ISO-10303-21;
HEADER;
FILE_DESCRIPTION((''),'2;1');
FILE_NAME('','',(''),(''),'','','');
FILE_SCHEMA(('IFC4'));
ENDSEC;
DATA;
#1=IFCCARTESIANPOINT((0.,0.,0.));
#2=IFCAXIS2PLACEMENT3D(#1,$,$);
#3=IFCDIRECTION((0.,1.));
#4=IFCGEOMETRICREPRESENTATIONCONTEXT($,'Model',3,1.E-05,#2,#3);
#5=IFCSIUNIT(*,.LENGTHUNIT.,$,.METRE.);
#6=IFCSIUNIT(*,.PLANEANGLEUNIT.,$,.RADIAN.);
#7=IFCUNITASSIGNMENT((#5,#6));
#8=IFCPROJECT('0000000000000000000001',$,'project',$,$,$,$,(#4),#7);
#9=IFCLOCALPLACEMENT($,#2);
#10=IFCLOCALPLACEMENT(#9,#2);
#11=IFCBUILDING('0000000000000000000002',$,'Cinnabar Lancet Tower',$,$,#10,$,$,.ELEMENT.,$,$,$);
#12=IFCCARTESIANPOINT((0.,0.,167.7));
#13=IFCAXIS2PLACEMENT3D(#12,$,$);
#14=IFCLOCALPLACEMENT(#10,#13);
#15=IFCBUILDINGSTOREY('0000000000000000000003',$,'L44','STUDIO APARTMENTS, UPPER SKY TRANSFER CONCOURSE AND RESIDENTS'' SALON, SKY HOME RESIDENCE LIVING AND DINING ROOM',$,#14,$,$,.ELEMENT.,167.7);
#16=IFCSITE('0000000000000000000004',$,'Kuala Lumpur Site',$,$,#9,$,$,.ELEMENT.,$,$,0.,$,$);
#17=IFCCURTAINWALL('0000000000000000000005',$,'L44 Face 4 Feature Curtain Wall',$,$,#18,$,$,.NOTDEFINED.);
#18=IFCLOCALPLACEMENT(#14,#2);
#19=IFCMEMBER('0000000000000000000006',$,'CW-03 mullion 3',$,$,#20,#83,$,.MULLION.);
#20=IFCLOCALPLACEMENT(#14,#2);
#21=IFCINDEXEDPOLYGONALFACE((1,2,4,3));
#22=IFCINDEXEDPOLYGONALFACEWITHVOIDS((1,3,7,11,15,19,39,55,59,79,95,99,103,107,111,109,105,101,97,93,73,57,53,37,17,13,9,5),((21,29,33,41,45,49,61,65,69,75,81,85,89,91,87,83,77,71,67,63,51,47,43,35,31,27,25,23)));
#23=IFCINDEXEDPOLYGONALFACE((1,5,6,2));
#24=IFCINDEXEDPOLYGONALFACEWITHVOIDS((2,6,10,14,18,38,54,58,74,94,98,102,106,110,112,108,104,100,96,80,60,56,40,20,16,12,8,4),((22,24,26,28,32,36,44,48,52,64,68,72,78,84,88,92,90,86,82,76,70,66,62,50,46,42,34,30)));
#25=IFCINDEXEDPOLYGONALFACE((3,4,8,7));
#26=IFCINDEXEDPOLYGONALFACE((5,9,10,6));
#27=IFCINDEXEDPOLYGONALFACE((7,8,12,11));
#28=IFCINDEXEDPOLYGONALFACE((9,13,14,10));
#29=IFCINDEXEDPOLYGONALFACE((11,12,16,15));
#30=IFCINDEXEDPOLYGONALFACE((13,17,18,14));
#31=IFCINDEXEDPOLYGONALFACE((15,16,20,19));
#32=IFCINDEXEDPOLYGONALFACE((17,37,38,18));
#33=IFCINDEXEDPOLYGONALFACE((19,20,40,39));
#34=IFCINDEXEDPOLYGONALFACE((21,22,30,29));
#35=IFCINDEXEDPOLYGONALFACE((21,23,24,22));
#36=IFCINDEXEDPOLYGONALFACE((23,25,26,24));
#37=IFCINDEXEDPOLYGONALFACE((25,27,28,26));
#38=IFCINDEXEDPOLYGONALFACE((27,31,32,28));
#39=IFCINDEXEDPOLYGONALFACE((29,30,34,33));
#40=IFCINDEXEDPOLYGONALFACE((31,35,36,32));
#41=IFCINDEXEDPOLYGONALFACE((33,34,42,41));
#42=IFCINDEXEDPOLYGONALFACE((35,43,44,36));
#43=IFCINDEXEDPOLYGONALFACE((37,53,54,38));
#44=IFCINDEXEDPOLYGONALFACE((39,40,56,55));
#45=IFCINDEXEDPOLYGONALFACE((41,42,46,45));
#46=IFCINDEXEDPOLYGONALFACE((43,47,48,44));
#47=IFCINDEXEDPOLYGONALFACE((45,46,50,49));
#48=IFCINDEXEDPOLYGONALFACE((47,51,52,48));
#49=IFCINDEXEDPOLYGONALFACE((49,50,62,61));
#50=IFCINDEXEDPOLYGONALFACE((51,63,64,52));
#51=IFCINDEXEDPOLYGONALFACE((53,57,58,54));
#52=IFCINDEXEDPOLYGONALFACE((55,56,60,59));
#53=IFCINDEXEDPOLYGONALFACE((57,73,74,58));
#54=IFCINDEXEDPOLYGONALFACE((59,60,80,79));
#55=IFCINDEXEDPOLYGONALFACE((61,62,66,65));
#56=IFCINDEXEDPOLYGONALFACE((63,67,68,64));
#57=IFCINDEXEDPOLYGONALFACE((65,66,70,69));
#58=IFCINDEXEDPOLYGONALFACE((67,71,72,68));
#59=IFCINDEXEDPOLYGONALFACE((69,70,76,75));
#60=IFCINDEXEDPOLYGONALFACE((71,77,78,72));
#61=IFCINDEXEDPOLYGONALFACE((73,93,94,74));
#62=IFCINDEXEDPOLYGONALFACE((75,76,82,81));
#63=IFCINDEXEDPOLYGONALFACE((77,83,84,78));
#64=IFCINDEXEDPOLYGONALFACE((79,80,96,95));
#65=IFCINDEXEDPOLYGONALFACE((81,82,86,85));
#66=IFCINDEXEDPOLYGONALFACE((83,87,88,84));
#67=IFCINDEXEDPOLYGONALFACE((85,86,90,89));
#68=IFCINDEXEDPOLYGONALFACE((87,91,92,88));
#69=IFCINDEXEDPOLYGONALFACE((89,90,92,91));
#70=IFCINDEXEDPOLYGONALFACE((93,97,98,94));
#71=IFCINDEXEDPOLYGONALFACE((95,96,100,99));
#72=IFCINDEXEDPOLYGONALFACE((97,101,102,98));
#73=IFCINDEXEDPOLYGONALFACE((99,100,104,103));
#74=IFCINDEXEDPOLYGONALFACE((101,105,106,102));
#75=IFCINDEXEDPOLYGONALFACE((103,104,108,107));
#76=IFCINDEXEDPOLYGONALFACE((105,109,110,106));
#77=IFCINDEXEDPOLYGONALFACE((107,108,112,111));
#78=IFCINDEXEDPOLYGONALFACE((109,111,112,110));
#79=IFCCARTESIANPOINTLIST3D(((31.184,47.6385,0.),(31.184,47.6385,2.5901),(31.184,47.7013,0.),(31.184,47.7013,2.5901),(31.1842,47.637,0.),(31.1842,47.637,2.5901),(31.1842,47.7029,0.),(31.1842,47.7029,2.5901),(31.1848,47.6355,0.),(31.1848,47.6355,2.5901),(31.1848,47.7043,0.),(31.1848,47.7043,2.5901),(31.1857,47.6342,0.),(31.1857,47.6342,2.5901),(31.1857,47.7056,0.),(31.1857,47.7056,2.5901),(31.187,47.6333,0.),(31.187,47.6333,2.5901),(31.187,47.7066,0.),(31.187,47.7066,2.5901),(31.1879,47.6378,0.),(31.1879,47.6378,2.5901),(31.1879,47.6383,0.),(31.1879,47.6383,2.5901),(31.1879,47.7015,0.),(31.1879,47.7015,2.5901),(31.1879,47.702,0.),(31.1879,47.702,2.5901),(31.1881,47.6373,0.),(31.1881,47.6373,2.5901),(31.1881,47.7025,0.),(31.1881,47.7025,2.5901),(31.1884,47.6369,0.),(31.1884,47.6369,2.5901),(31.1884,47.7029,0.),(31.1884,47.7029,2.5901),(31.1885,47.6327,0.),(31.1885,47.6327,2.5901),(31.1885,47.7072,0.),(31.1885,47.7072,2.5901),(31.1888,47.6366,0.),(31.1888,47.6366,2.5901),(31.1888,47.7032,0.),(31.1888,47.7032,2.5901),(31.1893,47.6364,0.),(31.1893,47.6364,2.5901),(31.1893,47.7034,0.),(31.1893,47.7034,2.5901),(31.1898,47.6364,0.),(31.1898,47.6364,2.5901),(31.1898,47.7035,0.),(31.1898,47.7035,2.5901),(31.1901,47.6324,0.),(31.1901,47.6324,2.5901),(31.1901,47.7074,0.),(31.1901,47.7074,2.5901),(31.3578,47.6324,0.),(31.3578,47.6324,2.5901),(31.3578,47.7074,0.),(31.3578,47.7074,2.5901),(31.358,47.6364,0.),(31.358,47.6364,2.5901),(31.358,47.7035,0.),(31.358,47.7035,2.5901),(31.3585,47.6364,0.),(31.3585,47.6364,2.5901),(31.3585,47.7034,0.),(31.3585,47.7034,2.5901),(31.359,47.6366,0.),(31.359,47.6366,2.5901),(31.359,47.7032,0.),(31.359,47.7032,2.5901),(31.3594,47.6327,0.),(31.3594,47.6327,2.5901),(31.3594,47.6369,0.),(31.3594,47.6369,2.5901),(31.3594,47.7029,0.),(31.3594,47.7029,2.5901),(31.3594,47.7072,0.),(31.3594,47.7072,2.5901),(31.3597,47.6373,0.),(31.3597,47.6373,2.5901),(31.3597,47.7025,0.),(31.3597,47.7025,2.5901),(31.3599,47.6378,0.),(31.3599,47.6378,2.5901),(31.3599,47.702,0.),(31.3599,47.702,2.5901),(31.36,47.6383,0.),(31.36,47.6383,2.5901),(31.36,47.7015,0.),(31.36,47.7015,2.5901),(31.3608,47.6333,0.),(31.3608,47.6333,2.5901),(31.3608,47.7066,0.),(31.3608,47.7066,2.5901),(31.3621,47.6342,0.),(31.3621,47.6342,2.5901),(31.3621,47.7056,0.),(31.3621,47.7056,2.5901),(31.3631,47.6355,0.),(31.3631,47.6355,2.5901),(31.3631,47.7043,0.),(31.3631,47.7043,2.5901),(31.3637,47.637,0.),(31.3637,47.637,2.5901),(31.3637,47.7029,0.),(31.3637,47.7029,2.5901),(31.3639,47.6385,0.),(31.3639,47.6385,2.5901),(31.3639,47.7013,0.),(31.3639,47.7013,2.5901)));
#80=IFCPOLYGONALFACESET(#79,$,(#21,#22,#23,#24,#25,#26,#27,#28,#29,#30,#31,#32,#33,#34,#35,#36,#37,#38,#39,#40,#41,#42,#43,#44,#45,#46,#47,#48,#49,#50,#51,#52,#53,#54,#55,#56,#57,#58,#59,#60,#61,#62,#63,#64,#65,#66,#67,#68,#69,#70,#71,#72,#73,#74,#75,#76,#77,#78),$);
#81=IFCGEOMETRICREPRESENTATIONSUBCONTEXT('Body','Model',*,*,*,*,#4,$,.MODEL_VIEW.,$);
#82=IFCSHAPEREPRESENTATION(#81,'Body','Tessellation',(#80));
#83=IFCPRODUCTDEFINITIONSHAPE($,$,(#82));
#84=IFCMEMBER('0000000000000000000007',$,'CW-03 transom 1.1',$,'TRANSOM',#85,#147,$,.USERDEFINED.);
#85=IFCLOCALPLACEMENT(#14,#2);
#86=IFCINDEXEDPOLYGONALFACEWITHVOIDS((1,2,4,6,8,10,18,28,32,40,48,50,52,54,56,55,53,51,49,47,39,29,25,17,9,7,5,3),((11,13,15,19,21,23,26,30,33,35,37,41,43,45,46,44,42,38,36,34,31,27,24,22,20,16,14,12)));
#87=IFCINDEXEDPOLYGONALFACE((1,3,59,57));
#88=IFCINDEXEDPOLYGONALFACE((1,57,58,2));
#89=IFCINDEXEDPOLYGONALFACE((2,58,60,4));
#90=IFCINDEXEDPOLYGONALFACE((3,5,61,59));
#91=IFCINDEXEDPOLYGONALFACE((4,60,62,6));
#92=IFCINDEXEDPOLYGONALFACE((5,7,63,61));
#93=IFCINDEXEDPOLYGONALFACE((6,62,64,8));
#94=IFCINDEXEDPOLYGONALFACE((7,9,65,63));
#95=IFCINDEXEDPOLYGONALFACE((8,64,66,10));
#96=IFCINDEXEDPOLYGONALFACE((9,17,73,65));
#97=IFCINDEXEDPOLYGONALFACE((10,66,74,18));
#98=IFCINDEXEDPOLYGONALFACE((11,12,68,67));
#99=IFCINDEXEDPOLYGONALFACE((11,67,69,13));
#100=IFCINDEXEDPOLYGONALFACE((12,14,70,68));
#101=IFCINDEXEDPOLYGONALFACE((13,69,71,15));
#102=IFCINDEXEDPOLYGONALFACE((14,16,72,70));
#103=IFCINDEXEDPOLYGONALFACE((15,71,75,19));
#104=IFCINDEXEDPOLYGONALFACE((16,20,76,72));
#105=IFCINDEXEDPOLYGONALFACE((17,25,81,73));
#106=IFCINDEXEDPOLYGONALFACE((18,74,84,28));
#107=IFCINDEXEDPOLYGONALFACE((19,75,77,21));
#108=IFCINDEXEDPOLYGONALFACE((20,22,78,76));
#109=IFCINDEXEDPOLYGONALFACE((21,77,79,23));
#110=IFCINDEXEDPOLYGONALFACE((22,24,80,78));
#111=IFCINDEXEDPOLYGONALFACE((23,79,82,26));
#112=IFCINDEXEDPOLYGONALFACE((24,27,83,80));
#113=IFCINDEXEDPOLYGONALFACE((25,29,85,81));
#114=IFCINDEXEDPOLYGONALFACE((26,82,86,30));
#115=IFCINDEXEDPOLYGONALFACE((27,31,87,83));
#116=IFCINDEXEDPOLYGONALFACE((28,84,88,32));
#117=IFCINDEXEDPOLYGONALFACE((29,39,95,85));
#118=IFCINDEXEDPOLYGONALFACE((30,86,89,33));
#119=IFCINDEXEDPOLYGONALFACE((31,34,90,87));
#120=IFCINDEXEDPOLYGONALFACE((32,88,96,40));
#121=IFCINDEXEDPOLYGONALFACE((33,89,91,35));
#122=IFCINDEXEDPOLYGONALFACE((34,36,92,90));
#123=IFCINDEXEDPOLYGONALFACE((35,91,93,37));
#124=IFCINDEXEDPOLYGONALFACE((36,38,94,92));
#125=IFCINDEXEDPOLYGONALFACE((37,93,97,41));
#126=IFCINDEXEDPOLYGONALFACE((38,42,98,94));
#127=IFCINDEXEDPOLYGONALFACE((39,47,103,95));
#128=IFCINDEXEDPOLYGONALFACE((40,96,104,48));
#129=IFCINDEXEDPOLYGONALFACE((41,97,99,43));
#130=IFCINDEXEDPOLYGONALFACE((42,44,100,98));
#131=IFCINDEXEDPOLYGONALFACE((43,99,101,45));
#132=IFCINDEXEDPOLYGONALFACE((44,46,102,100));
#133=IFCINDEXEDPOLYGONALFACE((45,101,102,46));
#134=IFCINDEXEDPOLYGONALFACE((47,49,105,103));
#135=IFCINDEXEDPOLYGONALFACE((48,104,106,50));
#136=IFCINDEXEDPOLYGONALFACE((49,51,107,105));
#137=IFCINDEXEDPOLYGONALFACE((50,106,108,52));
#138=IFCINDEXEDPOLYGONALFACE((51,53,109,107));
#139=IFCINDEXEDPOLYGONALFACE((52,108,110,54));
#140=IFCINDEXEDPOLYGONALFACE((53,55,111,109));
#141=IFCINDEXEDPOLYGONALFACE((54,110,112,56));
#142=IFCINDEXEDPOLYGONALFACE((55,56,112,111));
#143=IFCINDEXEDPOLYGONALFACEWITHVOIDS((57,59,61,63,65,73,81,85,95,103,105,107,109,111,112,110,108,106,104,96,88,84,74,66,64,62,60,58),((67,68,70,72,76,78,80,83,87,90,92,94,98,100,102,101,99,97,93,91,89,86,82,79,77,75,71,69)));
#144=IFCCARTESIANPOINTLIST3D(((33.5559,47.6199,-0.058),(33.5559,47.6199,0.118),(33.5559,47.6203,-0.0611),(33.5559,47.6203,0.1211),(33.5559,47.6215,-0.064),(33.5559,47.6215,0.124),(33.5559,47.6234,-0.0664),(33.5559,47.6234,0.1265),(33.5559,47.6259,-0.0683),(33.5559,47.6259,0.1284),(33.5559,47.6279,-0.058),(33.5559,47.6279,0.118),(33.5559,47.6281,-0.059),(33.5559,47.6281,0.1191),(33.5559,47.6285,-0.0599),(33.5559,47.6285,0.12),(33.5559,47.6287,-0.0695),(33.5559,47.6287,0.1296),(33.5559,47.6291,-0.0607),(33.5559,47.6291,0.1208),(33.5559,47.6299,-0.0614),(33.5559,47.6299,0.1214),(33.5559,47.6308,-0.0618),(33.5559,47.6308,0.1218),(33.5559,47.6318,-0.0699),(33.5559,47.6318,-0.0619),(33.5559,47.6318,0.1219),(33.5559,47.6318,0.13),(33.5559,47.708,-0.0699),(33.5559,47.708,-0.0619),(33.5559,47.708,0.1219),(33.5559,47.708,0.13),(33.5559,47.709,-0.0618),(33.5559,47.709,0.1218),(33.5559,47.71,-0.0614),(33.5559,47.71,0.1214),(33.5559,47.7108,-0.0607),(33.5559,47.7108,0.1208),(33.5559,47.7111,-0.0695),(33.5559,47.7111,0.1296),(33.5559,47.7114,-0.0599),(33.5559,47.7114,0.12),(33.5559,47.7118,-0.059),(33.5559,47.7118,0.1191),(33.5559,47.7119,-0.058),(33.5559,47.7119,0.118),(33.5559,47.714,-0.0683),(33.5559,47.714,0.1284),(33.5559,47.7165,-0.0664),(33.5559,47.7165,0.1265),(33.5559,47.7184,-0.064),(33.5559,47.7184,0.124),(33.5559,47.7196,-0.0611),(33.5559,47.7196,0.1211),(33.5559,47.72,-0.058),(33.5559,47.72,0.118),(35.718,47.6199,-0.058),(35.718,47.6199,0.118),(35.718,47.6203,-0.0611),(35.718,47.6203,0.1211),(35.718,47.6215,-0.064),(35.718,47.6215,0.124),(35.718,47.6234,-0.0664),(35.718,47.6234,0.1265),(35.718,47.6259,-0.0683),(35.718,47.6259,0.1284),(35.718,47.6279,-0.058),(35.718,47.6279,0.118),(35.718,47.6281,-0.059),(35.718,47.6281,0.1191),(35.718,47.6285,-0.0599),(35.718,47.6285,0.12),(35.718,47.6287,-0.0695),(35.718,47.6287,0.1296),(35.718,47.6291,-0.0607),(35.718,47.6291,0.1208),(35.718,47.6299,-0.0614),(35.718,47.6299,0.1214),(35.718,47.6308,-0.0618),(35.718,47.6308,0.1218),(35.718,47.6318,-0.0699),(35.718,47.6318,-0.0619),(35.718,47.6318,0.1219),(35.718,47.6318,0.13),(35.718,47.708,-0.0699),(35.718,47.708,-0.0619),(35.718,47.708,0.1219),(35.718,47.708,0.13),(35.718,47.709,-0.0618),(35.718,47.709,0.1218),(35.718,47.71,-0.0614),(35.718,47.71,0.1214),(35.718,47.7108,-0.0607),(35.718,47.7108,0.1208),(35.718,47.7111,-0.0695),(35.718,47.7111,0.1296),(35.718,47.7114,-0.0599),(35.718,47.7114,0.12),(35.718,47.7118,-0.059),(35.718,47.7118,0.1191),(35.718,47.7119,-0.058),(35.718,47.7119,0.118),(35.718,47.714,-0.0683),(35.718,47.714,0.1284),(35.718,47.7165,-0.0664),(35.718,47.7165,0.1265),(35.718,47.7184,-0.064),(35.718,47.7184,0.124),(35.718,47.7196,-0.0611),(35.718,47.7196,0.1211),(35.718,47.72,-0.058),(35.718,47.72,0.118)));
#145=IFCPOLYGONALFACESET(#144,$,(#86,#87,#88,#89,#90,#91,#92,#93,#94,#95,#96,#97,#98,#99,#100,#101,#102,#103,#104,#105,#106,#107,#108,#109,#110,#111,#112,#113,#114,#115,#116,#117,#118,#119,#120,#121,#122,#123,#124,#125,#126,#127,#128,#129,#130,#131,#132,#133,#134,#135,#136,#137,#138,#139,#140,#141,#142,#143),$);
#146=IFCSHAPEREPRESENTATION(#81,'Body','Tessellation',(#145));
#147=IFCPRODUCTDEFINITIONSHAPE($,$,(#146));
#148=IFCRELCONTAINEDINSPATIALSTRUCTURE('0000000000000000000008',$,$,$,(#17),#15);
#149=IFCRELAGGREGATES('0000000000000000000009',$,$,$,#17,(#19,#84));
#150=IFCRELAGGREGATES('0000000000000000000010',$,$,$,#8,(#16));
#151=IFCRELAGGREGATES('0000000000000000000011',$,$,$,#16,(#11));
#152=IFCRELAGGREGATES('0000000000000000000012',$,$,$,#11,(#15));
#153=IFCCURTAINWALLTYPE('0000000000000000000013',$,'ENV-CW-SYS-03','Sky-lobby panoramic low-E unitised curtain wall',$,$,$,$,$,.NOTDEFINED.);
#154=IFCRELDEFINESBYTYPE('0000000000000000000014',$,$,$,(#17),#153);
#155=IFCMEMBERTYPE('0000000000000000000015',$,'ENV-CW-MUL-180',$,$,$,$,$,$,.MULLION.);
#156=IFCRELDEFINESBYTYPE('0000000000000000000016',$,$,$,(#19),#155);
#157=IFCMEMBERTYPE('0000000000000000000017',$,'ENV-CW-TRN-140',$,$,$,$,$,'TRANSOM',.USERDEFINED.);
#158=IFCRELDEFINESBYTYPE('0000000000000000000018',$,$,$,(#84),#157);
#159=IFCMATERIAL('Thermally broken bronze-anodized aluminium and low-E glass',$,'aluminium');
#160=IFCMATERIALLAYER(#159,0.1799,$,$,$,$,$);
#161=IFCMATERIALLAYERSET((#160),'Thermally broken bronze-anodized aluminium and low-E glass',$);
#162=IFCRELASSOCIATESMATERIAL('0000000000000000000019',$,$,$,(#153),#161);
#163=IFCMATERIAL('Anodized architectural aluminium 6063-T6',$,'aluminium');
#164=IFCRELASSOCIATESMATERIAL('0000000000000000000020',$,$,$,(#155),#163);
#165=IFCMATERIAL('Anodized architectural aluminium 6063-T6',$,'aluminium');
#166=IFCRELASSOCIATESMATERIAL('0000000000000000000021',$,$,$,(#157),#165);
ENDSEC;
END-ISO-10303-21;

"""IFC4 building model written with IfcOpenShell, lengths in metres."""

from ifc_helpers import new_model, si_unit, direction, frame, origin, origin_2d, place, context, subcontext, project, spatial, hollow_rectangle, extrude, material, layer, layer_set, material_profile, profile_set, type_object, element, aggregate, save


model = new_model("IFC4")

# Units and contexts
model_context = context("Model", 3, precision=1e-05, world=origin(), true_north=direction((0.0, 1.0)))
body_context = subcontext(model_context, "Body", "Model", "MODEL_VIEW")
ifc_project = project(units=[si_unit("LENGTHUNIT", "METRE"), si_unit("PLANEANGLEUNIT", "RADIAN")], contexts=[model_context])

# Site, building, storey
site_placement = place(None, origin())
site = spatial("IfcSite", under=ifc_project, at=site_placement, Name="Kuala Lumpur Site", CompositionType="ELEMENT", RefElevation=0.0)
building_placement = place(site_placement, origin())
building = spatial("IfcBuilding", under=site, at=building_placement, Name="Cinnabar Lancet Tower", CompositionType="ELEMENT")
storey_placement = place(building_placement, frame((0.0, 0.0, 167.7)))
storey = spatial("IfcBuildingStorey", under=building, at=storey_placement, Name="L44", Description="STUDIO APARTMENTS, UPPER SKY TRANSFER CONCOURSE AND RESIDENTS' SALON, SKY HOME RESIDENCE LIVING AND DINING ROOM", CompositionType="ELEMENT", Elevation=167.7)

# Curtain wall, members
ifc_material_1 = material(Name="Thermally broken bronze-anodized aluminium and low-E glass", Category="aluminium")
ifc_layer_1 = layer(ifc_material_1, 0.1799)
ifc_layer_set_1 = layer_set([ifc_layer_1], Name="Thermally broken bronze-anodized aluminium and low-E glass")
curtain_wall_type = type_object("IfcCurtainWallType", Name="ENV-CW-SYS-03", Description="Sky-lobby panoramic low-E unitised curtain wall", PredefinedType="NOTDEFINED", material=ifc_layer_set_1)
curtain_wall_placement = place(storey_placement, origin())
curtain_wall = element("IfcCurtainWall", 1, at=curtain_wall_placement, inside=storey, type_object=curtain_wall_type, Name="L44 Face 4 Feature Curtain Wall", PredefinedType="NOTDEFINED")
ifc_material_2 = material(Name="Anodized architectural aluminium 6063-T6", Category="aluminium")
ifc_material_profile_1 = material_profile(ifc_material_2, hollow_rectangle(XDim=0.075, YDim=0.1799, WallThickness=0.0039, InnerFilletRadius=0.002, OuterFilletRadius=0.0061, at=origin_2d()), Name="CW-MUL 180x75x4")
ifc_profile_set_1 = profile_set([ifc_material_profile_1], Name="Anodized architectural aluminium 6063-T6")
member_type_1 = type_object("IfcMemberType", Name="ENV-CW-MUL-180", PredefinedType="MULLION", material=ifc_profile_set_1)
member_1_placement = place(storey_placement, frame((31.2739, 47.6699, 0.0), z_axis=(0.0, 0.0, 1.0), x_axis=(0.0, -1.0, 0.0)))
member_1 = element("IfcMember", 2, at=member_1_placement, type_object=member_type_1, Name="CW-03 mullion 3", PredefinedType="MULLION", context=body_context, shape_type="SweptSolid", body=[
    extrude(hollow_rectangle(XDim=0.075, YDim=0.1799, WallThickness=0.0039, InnerFilletRadius=0.002, OuterFilletRadius=0.0061, at=origin_2d()), origin(), (0.0, 0.0, 1.0), 2.5901),
])
ifc_material_3 = material(Name="Anodized architectural aluminium 6063-T6", Category="aluminium")
ifc_material_profile_2 = material_profile(ifc_material_3, hollow_rectangle(XDim=0.1001, YDim=0.2, WallThickness=0.0081, InnerFilletRadius=0.0039, OuterFilletRadius=0.012, at=origin_2d()), Name="RHS 200x100x8")
ifc_profile_set_2 = profile_set([ifc_material_profile_2], Name="Anodized architectural aluminium 6063-T6")
member_type_2 = type_object("IfcMemberType", Name="ENV-CW-TRN-140", ElementType="TRANSOM", PredefinedType="USERDEFINED", material=ifc_profile_set_2)
member_2_placement = place(storey_placement, frame((35.718, 47.6699, 0.03), z_axis=(-1.0, 0.0, 0.0), x_axis=(0.0, -1.0, 0.0)))
member_2 = element("IfcMember", 3, at=member_2_placement, type_object=member_type_2, Name="CW-03 transom 1.1", ObjectType="TRANSOM", PredefinedType="USERDEFINED", context=body_context, shape_type="SweptSolid", body=[
    extrude(hollow_rectangle(XDim=0.1001, YDim=0.2, WallThickness=0.0081, InnerFilletRadius=0.0039, OuterFilletRadius=0.012, at=origin_2d()), origin(), (0.0, 0.0, 1.0), 2.1621),
])

aggregate(curtain_wall, [member_1, member_2])

save(model, "model.ifc")
